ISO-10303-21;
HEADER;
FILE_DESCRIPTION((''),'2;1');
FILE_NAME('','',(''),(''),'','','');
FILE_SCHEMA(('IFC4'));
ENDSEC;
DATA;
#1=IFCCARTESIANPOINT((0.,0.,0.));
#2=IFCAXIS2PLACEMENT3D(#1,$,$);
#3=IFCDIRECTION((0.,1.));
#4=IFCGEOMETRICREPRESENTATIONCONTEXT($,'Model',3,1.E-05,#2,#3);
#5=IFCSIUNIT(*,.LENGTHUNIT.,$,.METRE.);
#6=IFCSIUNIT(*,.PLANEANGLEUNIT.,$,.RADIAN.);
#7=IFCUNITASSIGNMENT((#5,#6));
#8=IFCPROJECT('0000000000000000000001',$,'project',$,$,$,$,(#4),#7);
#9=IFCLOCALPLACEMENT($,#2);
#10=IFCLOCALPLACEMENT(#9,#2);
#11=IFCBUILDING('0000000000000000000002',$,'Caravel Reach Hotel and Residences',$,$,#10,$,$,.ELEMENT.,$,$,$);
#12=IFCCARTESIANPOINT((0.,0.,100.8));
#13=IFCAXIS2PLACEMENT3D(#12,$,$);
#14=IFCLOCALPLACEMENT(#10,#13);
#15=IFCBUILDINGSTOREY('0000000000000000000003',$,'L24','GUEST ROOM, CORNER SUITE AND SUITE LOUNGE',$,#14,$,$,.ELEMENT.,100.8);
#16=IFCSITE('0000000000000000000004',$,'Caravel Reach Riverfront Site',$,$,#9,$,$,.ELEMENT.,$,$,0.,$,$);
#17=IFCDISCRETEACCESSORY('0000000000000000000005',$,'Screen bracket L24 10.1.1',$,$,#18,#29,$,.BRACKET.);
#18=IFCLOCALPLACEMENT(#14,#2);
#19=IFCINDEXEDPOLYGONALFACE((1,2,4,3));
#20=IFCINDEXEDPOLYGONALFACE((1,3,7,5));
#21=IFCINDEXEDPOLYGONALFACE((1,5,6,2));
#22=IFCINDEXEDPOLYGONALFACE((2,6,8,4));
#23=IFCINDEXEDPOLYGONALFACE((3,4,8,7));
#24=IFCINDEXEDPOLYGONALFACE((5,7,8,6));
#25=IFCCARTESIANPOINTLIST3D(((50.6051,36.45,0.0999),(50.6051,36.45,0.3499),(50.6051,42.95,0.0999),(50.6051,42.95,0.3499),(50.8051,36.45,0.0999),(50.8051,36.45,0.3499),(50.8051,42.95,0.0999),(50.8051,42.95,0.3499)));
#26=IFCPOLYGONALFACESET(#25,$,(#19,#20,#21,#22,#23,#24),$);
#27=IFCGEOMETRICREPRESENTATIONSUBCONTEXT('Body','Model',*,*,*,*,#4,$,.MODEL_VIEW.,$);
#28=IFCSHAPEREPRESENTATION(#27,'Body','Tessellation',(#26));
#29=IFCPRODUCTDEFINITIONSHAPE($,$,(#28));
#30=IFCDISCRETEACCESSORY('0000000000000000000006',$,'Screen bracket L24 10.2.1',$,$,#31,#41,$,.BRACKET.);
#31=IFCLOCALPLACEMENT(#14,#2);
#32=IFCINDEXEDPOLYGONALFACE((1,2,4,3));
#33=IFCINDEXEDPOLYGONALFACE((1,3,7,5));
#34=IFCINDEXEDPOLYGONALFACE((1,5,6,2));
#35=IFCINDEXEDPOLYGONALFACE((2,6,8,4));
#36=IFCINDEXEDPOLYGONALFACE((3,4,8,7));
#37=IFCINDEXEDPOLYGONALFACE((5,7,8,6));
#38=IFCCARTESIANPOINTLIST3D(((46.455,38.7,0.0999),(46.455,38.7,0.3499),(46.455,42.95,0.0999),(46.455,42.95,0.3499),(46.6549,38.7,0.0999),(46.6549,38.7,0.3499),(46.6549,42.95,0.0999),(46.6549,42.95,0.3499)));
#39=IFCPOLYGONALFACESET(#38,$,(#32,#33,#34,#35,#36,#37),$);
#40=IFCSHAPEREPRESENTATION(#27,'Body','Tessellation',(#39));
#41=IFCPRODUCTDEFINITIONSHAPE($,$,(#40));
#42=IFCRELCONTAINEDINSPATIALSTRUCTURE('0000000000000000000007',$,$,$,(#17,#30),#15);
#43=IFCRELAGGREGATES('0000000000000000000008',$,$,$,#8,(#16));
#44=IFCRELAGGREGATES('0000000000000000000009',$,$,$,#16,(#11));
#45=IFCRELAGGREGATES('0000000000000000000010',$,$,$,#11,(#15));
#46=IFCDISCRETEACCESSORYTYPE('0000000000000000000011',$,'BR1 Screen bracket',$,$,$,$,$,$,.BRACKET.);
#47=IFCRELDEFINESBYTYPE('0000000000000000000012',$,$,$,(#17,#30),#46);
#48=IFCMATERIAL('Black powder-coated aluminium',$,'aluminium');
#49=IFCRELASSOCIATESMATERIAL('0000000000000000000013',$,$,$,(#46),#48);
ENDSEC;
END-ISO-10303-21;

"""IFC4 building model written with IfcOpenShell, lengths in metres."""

from ifc_helpers import new_model, si_unit, direction, frame, origin, origin_2d, place, context, subcontext, project, spatial, rectangle, extrude, material, type_object, element, save


model = new_model("IFC4")

# Units and contexts
model_context = context("Model", 3, precision=1e-05, world=origin(), true_north=direction((0.0, 1.0)))
body_context = subcontext(model_context, "Body", "Model", "MODEL_VIEW")
ifc_project = project(units=[si_unit("LENGTHUNIT", "METRE"), si_unit("PLANEANGLEUNIT", "RADIAN")], contexts=[model_context])

# Site, building, storey
site_placement = place(None, origin())
site = spatial("IfcSite", under=ifc_project, at=site_placement, Name="Caravel Reach Riverfront Site", CompositionType="ELEMENT", RefElevation=0.0)
building_placement = place(site_placement, origin())
building = spatial("IfcBuilding", under=site, at=building_placement, Name="Caravel Reach Hotel and Residences", CompositionType="ELEMENT")
storey_placement = place(building_placement, frame((0.0, 0.0, 100.8)))
storey = spatial("IfcBuildingStorey", under=building, at=storey_placement, Name="L24", Description="GUEST ROOM, CORNER SUITE AND SUITE LOUNGE", CompositionType="ELEMENT", Elevation=100.8)

# Discrete accessories
ifc_material_1 = material(Name="Black powder-coated aluminium", Category="aluminium")
discrete_accessory_type = type_object("IfcDiscreteAccessoryType", Name="BR1 Screen bracket", PredefinedType="BRACKET", material=ifc_material_1)
for number, where, z_axis, x_axis, name in (
    (1, (50.7051, 39.7, 0.0999), (0.0, 0.0, 1.0), (0.0, 1.0, 0.0), "Screen bracket L24 10.1.1"),
):
    element("IfcDiscreteAccessory", number, at=place(storey_placement, frame(where, z_axis=z_axis, x_axis=x_axis)), inside=storey, type_object=discrete_accessory_type, Name=name, PredefinedType="BRACKET", context=body_context, shape_type="SweptSolid", body=[
        extrude(rectangle(XDim=6.5, YDim=0.2, at=origin_2d()), origin(), (0.0, 0.0, 1.0), 0.25),
    ])
discrete_accessory_placement = place(storey_placement, frame((46.5549, 40.825, 0.0999), z_axis=(0.0, 0.0, 1.0), x_axis=(0.0, 1.0, 0.0)))
element("IfcDiscreteAccessory", 2, at=discrete_accessory_placement, inside=storey, type_object=discrete_accessory_type, Name="Screen bracket L24 10.2.1", PredefinedType="BRACKET", context=body_context, shape_type="SweptSolid", body=[
    extrude(rectangle(XDim=4.25, YDim=0.2, at=origin_2d()), origin(), (0.0, 0.0, 1.0), 0.25),
])

save(model, "model.ifc")
